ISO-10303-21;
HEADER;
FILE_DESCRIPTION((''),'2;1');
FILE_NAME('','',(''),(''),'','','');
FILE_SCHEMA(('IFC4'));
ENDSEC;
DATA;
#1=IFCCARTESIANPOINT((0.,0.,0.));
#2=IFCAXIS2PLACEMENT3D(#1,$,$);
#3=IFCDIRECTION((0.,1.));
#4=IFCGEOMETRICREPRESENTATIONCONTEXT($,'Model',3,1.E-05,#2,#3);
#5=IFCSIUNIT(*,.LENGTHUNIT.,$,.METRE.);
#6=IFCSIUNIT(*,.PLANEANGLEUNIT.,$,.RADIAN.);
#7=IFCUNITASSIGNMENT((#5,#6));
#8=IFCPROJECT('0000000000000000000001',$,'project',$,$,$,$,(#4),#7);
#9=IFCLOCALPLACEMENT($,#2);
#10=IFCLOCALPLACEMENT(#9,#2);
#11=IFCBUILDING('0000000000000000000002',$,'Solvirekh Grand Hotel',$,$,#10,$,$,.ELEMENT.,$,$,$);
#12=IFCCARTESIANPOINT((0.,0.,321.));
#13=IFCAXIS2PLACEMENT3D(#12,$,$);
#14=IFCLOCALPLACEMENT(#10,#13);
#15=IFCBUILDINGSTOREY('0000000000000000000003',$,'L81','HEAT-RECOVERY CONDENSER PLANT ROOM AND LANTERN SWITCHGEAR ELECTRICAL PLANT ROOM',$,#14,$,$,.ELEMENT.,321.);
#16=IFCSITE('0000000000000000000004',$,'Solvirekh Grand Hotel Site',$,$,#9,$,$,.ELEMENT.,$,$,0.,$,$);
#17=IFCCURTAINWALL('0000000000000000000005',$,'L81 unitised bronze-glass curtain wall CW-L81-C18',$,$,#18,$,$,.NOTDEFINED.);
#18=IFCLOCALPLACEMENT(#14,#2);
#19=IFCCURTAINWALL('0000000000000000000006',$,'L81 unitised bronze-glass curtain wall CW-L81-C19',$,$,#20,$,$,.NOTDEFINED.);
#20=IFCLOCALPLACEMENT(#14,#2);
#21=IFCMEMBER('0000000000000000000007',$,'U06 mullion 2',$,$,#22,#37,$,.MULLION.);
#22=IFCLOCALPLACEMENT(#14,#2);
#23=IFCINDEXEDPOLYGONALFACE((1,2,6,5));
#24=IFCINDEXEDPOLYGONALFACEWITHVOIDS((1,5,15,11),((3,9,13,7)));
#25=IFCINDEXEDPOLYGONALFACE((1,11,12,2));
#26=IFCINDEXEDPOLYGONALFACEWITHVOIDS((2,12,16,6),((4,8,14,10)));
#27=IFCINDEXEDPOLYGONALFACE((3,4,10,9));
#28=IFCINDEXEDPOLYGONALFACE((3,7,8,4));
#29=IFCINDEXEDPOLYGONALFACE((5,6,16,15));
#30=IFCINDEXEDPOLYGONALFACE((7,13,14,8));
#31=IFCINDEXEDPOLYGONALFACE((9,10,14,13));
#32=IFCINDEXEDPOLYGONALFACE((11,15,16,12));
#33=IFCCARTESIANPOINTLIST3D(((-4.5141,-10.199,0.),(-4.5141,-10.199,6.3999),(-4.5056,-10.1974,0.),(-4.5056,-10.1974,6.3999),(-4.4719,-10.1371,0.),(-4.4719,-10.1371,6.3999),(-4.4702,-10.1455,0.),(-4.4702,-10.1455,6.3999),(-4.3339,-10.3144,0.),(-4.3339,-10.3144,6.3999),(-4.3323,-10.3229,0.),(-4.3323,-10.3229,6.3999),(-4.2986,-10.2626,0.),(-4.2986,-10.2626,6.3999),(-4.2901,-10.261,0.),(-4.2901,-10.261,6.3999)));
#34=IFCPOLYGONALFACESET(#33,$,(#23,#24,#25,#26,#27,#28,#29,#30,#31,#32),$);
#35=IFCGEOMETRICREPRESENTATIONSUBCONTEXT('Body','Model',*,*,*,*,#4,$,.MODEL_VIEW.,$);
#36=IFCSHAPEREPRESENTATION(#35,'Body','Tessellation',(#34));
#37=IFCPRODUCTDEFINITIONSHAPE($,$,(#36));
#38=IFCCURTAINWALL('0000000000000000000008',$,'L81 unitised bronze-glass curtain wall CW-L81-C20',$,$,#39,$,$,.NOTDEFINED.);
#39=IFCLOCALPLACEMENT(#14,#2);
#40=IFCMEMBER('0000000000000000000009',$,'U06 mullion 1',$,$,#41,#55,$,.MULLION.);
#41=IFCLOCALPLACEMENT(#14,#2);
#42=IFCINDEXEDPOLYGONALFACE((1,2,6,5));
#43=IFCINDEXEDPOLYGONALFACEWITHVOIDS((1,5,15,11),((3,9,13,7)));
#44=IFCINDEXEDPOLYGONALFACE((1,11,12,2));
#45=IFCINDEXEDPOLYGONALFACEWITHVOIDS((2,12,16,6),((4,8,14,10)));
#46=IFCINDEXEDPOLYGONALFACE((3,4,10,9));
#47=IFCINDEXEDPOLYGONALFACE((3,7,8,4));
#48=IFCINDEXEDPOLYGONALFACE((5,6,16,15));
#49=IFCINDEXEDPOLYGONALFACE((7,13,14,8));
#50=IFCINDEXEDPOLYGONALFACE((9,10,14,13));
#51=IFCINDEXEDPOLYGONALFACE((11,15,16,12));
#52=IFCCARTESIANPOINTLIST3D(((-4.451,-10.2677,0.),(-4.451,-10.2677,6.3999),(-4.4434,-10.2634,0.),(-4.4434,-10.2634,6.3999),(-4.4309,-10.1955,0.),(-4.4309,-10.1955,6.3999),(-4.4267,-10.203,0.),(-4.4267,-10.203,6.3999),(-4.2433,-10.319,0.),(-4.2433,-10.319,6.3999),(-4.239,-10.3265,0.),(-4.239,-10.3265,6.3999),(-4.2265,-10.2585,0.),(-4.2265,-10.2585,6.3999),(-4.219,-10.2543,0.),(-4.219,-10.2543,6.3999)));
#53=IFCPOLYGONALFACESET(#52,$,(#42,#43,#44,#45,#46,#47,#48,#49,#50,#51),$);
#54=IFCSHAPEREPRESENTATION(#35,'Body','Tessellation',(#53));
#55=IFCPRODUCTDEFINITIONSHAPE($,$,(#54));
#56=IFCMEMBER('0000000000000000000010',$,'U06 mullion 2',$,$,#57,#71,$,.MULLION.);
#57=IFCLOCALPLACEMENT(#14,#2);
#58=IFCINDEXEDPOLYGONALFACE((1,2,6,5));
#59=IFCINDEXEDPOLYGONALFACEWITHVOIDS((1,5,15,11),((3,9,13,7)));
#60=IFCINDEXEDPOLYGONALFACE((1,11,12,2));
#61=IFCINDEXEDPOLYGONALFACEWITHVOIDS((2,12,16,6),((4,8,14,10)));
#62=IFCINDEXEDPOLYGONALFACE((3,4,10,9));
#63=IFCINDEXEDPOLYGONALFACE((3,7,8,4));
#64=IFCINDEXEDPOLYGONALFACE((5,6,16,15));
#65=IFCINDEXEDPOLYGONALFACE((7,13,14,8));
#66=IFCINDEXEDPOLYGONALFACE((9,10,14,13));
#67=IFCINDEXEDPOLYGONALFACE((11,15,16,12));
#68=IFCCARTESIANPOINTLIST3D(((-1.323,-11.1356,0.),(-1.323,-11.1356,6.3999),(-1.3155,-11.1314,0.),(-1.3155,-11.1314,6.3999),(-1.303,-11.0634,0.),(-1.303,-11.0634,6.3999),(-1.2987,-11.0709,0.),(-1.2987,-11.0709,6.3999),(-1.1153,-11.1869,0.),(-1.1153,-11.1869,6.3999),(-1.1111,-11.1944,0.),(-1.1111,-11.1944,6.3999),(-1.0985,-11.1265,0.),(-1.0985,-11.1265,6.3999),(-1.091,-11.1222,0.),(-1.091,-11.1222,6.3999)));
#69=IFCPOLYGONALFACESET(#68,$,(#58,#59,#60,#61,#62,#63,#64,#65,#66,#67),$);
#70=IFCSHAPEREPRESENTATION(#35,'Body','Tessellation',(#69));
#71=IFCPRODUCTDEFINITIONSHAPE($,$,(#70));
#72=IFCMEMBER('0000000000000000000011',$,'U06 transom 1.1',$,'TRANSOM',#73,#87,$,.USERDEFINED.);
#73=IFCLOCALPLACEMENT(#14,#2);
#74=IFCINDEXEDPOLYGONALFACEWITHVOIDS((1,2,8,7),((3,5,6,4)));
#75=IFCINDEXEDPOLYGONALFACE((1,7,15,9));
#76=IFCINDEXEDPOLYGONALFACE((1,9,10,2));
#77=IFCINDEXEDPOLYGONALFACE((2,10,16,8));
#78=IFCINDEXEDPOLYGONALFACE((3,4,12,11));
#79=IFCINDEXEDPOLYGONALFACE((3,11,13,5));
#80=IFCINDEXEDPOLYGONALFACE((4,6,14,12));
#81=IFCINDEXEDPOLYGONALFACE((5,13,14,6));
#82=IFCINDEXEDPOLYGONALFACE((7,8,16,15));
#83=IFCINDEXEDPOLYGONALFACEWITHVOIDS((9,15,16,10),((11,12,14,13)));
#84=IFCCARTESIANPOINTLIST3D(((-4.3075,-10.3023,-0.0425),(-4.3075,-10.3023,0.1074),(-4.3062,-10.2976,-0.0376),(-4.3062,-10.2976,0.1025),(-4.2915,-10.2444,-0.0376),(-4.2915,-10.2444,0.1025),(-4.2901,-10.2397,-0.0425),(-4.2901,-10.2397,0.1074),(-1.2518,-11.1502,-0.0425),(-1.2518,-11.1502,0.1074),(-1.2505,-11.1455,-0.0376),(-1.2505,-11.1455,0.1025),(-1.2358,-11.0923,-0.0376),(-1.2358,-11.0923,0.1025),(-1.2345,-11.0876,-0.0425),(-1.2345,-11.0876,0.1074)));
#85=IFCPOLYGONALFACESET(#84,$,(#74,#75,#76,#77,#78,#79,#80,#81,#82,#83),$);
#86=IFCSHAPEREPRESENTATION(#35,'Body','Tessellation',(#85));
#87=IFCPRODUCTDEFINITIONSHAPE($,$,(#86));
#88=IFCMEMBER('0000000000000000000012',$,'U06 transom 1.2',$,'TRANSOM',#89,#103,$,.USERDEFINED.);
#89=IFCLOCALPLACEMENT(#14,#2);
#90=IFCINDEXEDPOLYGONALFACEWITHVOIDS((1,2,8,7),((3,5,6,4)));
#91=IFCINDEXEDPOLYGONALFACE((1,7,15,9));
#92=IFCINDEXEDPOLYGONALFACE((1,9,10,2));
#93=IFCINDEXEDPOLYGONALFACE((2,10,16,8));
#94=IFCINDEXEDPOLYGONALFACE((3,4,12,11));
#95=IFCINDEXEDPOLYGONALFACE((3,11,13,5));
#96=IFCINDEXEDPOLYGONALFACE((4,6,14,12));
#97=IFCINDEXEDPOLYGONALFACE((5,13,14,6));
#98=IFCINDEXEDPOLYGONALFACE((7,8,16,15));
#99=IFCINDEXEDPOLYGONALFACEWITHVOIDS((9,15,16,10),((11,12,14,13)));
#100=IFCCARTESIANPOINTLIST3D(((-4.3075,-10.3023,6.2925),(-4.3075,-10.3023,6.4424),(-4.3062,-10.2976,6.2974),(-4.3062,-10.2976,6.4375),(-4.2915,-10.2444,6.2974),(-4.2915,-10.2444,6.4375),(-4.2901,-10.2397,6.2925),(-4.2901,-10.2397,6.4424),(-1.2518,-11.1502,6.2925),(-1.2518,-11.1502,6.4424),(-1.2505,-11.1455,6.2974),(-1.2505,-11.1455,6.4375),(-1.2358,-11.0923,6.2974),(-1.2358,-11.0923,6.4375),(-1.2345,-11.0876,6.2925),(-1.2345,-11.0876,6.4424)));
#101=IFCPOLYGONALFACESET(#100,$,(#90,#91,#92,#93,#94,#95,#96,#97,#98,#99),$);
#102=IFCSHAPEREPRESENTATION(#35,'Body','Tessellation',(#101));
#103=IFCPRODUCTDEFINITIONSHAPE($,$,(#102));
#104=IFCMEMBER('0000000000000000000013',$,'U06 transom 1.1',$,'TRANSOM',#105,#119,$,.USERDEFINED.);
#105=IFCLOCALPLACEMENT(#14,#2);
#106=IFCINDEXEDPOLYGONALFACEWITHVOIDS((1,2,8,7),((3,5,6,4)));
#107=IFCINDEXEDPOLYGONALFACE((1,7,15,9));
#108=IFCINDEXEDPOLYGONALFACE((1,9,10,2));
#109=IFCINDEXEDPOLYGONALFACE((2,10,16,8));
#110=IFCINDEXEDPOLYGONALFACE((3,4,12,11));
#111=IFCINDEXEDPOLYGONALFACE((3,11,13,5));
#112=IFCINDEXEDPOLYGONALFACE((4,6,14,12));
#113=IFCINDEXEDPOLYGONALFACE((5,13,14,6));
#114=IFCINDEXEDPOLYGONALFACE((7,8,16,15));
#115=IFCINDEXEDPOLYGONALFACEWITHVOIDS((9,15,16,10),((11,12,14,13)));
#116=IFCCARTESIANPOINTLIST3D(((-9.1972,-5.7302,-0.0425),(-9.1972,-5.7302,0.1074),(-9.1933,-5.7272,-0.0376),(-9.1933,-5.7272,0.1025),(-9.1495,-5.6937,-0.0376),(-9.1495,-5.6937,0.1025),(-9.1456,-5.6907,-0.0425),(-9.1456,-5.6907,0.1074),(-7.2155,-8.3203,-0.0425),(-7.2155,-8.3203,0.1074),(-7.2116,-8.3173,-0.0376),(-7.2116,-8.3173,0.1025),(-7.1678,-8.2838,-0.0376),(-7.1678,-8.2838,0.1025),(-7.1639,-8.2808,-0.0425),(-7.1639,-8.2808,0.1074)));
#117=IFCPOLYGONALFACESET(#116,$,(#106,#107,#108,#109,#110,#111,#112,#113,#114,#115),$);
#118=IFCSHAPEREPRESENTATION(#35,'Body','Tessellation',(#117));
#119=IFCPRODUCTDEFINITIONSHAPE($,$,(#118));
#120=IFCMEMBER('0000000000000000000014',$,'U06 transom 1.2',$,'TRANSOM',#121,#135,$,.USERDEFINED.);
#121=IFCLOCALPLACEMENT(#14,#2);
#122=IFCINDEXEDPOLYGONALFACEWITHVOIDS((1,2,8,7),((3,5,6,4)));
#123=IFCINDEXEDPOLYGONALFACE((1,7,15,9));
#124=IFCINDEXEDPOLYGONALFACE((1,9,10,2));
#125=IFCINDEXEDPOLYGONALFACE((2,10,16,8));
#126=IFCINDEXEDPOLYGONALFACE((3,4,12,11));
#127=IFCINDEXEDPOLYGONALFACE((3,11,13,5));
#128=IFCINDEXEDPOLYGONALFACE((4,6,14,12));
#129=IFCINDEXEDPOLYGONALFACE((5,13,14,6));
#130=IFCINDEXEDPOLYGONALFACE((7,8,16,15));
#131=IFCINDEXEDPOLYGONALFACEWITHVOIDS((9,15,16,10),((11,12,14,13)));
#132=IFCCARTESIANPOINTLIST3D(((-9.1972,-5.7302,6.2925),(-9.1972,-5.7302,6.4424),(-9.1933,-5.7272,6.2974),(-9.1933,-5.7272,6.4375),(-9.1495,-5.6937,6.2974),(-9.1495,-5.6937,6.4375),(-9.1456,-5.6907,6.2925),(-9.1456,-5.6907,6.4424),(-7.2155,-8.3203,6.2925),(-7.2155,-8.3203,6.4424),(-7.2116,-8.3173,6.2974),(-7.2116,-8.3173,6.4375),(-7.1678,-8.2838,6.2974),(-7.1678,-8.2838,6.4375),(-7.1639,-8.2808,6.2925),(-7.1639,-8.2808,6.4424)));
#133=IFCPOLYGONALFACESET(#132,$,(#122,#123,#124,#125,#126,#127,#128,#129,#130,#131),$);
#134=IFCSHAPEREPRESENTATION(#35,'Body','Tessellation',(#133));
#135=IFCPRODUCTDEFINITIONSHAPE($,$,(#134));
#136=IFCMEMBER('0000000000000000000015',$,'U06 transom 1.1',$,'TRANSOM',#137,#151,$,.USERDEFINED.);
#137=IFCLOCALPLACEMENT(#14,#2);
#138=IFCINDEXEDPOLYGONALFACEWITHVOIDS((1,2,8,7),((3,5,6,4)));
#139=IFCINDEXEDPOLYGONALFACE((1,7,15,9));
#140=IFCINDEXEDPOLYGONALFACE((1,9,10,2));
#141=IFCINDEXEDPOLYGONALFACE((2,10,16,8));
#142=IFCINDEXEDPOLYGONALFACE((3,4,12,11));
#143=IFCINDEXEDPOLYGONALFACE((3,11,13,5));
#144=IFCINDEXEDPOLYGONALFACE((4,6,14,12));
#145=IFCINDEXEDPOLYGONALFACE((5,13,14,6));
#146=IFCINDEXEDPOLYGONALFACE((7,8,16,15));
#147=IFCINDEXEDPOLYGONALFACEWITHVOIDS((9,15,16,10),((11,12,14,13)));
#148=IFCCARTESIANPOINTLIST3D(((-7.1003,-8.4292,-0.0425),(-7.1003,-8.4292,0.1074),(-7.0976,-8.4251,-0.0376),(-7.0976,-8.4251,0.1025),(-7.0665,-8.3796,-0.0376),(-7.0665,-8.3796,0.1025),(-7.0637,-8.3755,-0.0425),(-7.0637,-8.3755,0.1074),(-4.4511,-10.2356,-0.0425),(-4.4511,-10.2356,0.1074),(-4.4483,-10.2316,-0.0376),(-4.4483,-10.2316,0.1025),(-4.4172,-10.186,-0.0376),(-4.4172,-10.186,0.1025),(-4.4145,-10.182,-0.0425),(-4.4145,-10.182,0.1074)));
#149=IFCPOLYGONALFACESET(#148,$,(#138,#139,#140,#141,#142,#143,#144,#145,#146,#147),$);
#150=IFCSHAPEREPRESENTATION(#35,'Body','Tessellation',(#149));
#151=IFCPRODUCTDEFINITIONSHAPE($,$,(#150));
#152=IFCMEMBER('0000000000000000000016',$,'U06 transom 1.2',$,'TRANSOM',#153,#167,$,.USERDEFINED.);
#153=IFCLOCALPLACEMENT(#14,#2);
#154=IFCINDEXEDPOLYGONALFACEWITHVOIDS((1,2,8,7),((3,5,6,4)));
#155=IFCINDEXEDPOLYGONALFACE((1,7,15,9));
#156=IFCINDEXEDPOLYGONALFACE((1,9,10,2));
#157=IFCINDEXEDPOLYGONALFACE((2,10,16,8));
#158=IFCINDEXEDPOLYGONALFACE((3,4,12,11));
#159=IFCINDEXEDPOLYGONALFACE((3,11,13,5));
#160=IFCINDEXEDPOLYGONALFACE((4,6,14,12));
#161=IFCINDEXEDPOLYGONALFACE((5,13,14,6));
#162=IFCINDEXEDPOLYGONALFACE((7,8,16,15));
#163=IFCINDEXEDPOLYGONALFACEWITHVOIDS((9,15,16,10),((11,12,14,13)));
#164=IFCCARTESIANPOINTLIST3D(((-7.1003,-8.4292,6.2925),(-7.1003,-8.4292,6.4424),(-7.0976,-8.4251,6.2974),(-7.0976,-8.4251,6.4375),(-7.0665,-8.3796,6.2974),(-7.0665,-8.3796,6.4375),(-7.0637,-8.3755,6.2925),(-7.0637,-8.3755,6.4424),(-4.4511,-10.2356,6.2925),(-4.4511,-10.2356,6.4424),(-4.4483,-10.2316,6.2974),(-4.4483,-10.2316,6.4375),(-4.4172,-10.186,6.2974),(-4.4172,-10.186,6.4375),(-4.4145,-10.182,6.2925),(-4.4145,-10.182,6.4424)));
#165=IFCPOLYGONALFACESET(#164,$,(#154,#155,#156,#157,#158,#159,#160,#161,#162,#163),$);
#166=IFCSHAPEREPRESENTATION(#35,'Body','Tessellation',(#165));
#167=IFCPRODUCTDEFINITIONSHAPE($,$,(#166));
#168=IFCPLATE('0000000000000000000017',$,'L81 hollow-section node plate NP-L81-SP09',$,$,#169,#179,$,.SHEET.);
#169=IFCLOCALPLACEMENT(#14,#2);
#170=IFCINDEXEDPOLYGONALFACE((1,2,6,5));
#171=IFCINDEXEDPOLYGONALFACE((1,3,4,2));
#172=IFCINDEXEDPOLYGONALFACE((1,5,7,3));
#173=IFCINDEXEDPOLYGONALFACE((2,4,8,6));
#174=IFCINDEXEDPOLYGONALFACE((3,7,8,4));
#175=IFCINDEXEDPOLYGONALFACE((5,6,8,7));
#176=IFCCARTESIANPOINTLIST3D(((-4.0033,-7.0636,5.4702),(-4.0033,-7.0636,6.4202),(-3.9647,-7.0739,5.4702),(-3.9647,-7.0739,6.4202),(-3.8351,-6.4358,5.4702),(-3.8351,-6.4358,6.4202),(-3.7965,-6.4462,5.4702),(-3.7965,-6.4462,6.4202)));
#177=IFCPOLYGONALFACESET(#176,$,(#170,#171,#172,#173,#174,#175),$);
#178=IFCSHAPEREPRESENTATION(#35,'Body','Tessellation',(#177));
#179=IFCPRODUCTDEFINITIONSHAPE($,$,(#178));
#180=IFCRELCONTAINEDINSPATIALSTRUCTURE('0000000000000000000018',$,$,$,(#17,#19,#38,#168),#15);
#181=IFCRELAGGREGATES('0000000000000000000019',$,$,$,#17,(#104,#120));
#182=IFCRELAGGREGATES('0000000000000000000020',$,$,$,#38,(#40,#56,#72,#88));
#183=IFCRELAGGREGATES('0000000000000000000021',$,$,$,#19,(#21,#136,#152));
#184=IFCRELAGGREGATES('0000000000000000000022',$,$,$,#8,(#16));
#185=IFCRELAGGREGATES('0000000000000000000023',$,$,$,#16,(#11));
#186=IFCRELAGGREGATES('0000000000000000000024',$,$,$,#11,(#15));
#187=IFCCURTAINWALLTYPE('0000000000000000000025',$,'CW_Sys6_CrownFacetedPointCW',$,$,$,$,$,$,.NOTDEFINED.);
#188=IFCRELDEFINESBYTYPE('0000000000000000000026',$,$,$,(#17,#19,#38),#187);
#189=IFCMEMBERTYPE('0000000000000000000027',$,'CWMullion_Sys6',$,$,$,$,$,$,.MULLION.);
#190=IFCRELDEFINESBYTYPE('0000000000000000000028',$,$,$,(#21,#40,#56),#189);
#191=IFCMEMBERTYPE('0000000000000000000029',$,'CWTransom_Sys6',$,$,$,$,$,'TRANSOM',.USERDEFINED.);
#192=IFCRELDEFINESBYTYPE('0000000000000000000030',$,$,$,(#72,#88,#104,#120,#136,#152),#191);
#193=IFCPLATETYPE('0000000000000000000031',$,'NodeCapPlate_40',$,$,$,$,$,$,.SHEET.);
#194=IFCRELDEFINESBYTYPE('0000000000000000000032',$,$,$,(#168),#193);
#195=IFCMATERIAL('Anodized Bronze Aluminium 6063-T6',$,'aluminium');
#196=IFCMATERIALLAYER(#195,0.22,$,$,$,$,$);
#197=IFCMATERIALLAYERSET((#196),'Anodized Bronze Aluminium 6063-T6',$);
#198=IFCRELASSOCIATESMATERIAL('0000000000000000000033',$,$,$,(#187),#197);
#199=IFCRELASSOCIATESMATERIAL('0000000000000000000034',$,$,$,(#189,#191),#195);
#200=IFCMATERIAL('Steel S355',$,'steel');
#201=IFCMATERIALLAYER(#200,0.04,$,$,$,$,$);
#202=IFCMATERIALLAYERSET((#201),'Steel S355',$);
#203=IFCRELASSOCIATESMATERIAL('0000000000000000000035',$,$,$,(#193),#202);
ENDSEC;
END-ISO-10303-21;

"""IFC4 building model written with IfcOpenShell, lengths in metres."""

from ifc_helpers import new_model, si_unit, direction, frame, origin, origin_2d, place, context, subcontext, project, spatial, rectangle, hollow_rectangle, extrude, source, transform, mapped, material, layer, layer_set, material_profile, profile_set, type_object, element, aggregate, save


model = new_model("IFC4")

# Units and contexts
model_context = context("Model", 3, precision=1e-05, world=origin(), true_north=direction((0.0, 1.0)))
body_context = subcontext(model_context, "Body", "Model", "MODEL_VIEW")
ifc_project = project(units=[si_unit("LENGTHUNIT", "METRE"), si_unit("PLANEANGLEUNIT", "RADIAN")], contexts=[model_context])

# Site, building, storey
site_placement = place(None, origin())
site = spatial("IfcSite", under=ifc_project, at=site_placement, Name="Solvirekh Grand Hotel Site", CompositionType="ELEMENT", RefElevation=0.0)
building_placement = place(site_placement, origin())
building = spatial("IfcBuilding", under=site, at=building_placement, Name="Solvirekh Grand Hotel", CompositionType="ELEMENT")
storey_placement = place(building_placement, frame((0.0, 0.0, 321.0)))
storey = spatial("IfcBuildingStorey", under=building, at=storey_placement, Name="L81", Description="HEAT-RECOVERY CONDENSER PLANT ROOM AND LANTERN SWITCHGEAR ELECTRICAL PLANT ROOM", CompositionType="ELEMENT", Elevation=321.0)

# Shared definitions
ifc_material_1 = material(Name="Steel S355", Category="steel")

# Shared definitions
ifc_material_2 = material(Name="Anodized Bronze Aluminium 6063-T6", Category="aluminium")
ifc_layer_1 = layer(ifc_material_2, 0.22)
ifc_layer_set_1 = layer_set([ifc_layer_1], Name="Anodized Bronze Aluminium 6063-T6")
curtain_wall_type = type_object("IfcCurtainWallType", Name="CW_Sys6_CrownFacetedPointCW", PredefinedType="NOTDEFINED", material=ifc_layer_set_1)
ifc_material_profile_1 = material_profile(ifc_material_2, hollow_rectangle(XDim=0.075, YDim=0.22, WallThickness=0.0061, at=origin_2d()), Name="ALU RHS 220X75X6")
ifc_profile_set_1 = profile_set([ifc_material_profile_1], Name="Anodized Bronze Aluminium 6063-T6")
member_type_1 = type_object("IfcMemberType", Name="CWMullion_Sys6", PredefinedType="MULLION", material=ifc_profile_set_1)
shared_shape_1 = source(origin(), body_context, "Body", "SweptSolid", [
    extrude(hollow_rectangle(XDim=0.075, YDim=0.22, WallThickness=0.0061, at=origin_2d()), origin(), (0.0, 0.0, 1.0), 6.3999),
])

# Curtain walls, members
curtain_wall_1_placement = place(storey_placement, origin())
curtain_wall_1 = element("IfcCurtainWall", 1, at=curtain_wall_1_placement, inside=storey, type_object=curtain_wall_type, Name="L81 unitised bronze-glass curtain wall CW-L81-C18", PredefinedType="NOTDEFINED")
curtain_wall_2_placement = place(storey_placement, origin())
curtain_wall_2 = element("IfcCurtainWall", 2, at=curtain_wall_2_placement, inside=storey, type_object=curtain_wall_type, Name="L81 unitised bronze-glass curtain wall CW-L81-C19", PredefinedType="NOTDEFINED")
member_1_placement = place(storey_placement, frame((-4.4021, -10.23, 0.0), z_axis=(0.0, 0.0, 1.0), x_axis=(0.563402, 0.826183, 0.0)))
member_1 = element("IfcMember", 3, at=member_1_placement, type_object=member_type_1, Name="U06 mullion 2", PredefinedType="MULLION", context=body_context, shape_type="MappedRepresentation", body=[
    mapped(shared_shape_1, transform((0.0, 0.0, 0.0), x_axis=(1.0, 0.0, 0.0), y_axis=(0.0, 1.0, 0.0), z_axis=(0.0, 0.0, 1.0), scale=1.0)),
])
curtain_wall_3_placement = place(storey_placement, origin())
curtain_wall_3 = element("IfcCurtainWall", 4, at=curtain_wall_3_placement, inside=storey, type_object=curtain_wall_type, Name="L81 unitised bronze-glass curtain wall CW-L81-C20", PredefinedType="NOTDEFINED")
member_2_placement = place(storey_placement, frame((-4.335, -10.261, 0.0), z_axis=(0.0, 0.0, 1.0), x_axis=(0.267395, 0.963587, 0.0)))
member_2 = element("IfcMember", 5, at=member_2_placement, type_object=member_type_1, Name="U06 mullion 1", PredefinedType="MULLION", context=body_context, shape_type="MappedRepresentation", body=[
    mapped(shared_shape_1, transform((0.0, 0.0, 0.0), x_axis=(1.0, 0.0, 0.0), y_axis=(0.0, 1.0, 0.0), z_axis=(0.0, 0.0, 1.0), scale=1.0)),
])
member_3_placement = place(storey_placement, frame((-1.207, -11.1289, 0.0), z_axis=(0.0, 0.0, 1.0), x_axis=(0.267395, 0.963587, 0.0)))
member_3 = element("IfcMember", 6, at=member_3_placement, type_object=member_type_1, Name="U06 mullion 2", PredefinedType="MULLION", context=body_context, shape_type="MappedRepresentation", body=[
    mapped(shared_shape_1, transform((0.0, 0.0, 0.0), x_axis=(1.0, 0.0, 0.0), y_axis=(0.0, 1.0, 0.0), z_axis=(0.0, 0.0, 1.0), scale=1.0)),
])
ifc_material_profile_2 = material_profile(ifc_material_2, hollow_rectangle(XDim=0.0649, YDim=0.1499, WallThickness=0.0049, at=origin_2d()), Name="ALU RHS 150X65X5")
ifc_profile_set_2 = profile_set([ifc_material_profile_2], Name="Anodized Bronze Aluminium 6063-T6")
member_type_2 = type_object("IfcMemberType", Name="CWTransom_Sys6", ElementType="TRANSOM", PredefinedType="USERDEFINED", material=ifc_profile_set_2)
shared_shape_2 = source(origin(), body_context, "Body", "SweptSolid", [
    extrude(hollow_rectangle(XDim=0.0649, YDim=0.1499, WallThickness=0.0049, at=origin_2d()), origin(), (0.0, 0.0, 1.0), 3.1711),
])
member_4_placement = place(storey_placement, frame((-4.2988, -10.271, 0.0325), z_axis=(0.963591, -0.267382, 0.0), x_axis=(0.267382, 0.963591, 0.0)))
member_4 = element("IfcMember", 7, at=member_4_placement, type_object=member_type_2, Name="U06 transom 1.1", ObjectType="TRANSOM", PredefinedType="USERDEFINED", context=body_context, shape_type="MappedRepresentation", body=[
    mapped(shared_shape_2, transform((0.0, 0.0, 0.0), x_axis=(1.0, 0.0, 0.0), y_axis=(0.0, 1.0, 0.0), z_axis=(0.0, 0.0, 1.0), scale=1.0)),
])
member_5_placement = place(storey_placement, frame((-4.2988, -10.271, 6.3674), z_axis=(0.963591, -0.267382, 0.0), x_axis=(0.267382, 0.963591, 0.0)))
member_5 = element("IfcMember", 8, at=member_5_placement, type_object=member_type_2, Name="U06 transom 1.2", ObjectType="TRANSOM", PredefinedType="USERDEFINED", context=body_context, shape_type="MappedRepresentation", body=[
    mapped(shared_shape_2, transform((0.0, 0.0, 0.0), x_axis=(1.0, 0.0, 0.0), y_axis=(0.0, 1.0, 0.0), z_axis=(0.0, 0.0, 1.0), scale=1.0)),
])

# Members
shared_shape_3 = source(origin(), body_context, "Body", "SweptSolid", [
    extrude(hollow_rectangle(XDim=0.0649, YDim=0.1499, WallThickness=0.0049, at=origin_2d()), origin(), (0.0, 0.0, 1.0), 3.2612),
])
member_6_placement = place(storey_placement, frame((-9.1714, -5.7104, 0.0325), z_axis=(0.60765, -0.794205, 0.0), x_axis=(0.794205, 0.60765, 0.0)))
member_6 = element("IfcMember", 9, at=member_6_placement, type_object=member_type_2, Name="U06 transom 1.1", ObjectType="TRANSOM", PredefinedType="USERDEFINED", context=body_context, shape_type="MappedRepresentation", body=[
    mapped(shared_shape_3, transform((0.0, 0.0, 0.0), x_axis=(1.0, 0.0, 0.0), y_axis=(0.0, 1.0, 0.0), z_axis=(0.0, 0.0, 1.0), scale=1.0)),
])
member_7_placement = place(storey_placement, frame((-9.1714, -5.7104, 6.3674), z_axis=(0.60765, -0.794205, 0.0), x_axis=(0.794205, 0.60765, 0.0)))
member_7 = element("IfcMember", 10, at=member_7_placement, type_object=member_type_2, Name="U06 transom 1.2", ObjectType="TRANSOM", PredefinedType="USERDEFINED", context=body_context, shape_type="MappedRepresentation", body=[
    mapped(shared_shape_3, transform((0.0, 0.0, 0.0), x_axis=(1.0, 0.0, 0.0), y_axis=(0.0, 1.0, 0.0), z_axis=(0.0, 0.0, 1.0), scale=1.0)),
])
shared_shape_4 = source(origin(), body_context, "Body", "SweptSolid", [
    extrude(hollow_rectangle(XDim=0.0649, YDim=0.1499, WallThickness=0.0049, at=origin_2d()), origin(), (0.0, 0.0, 1.0), 3.2065),
])
member_8_placement = place(storey_placement, frame((-7.082, -8.4023, 0.0325), z_axis=(0.826206, -0.563368, 0.0), x_axis=(0.563368, 0.826206, 0.0)))
member_8 = element("IfcMember", 11, at=member_8_placement, type_object=member_type_2, Name="U06 transom 1.1", ObjectType="TRANSOM", PredefinedType="USERDEFINED", context=body_context, shape_type="MappedRepresentation", body=[
    mapped(shared_shape_4, transform((0.0, 0.0, 0.0), x_axis=(1.0, 0.0, 0.0), y_axis=(0.0, 1.0, 0.0), z_axis=(0.0, 0.0, 1.0), scale=1.0)),
])
member_9_placement = place(storey_placement, frame((-7.082, -8.4023, 6.3674), z_axis=(0.826206, -0.563368, 0.0), x_axis=(0.563368, 0.826206, 0.0)))
member_9 = element("IfcMember", 12, at=member_9_placement, type_object=member_type_2, Name="U06 transom 1.2", ObjectType="TRANSOM", PredefinedType="USERDEFINED", context=body_context, shape_type="MappedRepresentation", body=[
    mapped(shared_shape_4, transform((0.0, 0.0, 0.0), x_axis=(1.0, 0.0, 0.0), y_axis=(0.0, 1.0, 0.0), z_axis=(0.0, 0.0, 1.0), scale=1.0)),
])

# Plate
ifc_layer_2 = layer(ifc_material_1, 0.04)
ifc_layer_set_2 = layer_set([ifc_layer_2], Name="Steel S355")
plate_type_1 = type_object("IfcPlateType", Name="NodeCapPlate_40", PredefinedType="SHEET", material=ifc_layer_set_2)
plate_1_placement = place(storey_placement, frame((-3.8999, -6.7549, 5.4702), z_axis=(0.0, 0.0, 1.0), x_axis=(0.965926, -0.258819, 0.0)))
element("IfcPlate", 13, at=plate_1_placement, inside=storey, type_object=plate_type_1, Name="L81 hollow-section node plate NP-L81-SP09", PredefinedType="SHEET", context=body_context, shape_type="SweptSolid", body=[
    extrude(rectangle(XDim=0.04, YDim=0.6499, at=origin_2d()), origin(), (0.0, 0.0, 1.0), 0.95),
])
aggregate(curtain_wall_1, [member_6, member_7])
aggregate(curtain_wall_3, [member_2, member_3, member_4, member_5])
aggregate(curtain_wall_2, [member_1, member_8, member_9])

save(model, "model.ifc")
